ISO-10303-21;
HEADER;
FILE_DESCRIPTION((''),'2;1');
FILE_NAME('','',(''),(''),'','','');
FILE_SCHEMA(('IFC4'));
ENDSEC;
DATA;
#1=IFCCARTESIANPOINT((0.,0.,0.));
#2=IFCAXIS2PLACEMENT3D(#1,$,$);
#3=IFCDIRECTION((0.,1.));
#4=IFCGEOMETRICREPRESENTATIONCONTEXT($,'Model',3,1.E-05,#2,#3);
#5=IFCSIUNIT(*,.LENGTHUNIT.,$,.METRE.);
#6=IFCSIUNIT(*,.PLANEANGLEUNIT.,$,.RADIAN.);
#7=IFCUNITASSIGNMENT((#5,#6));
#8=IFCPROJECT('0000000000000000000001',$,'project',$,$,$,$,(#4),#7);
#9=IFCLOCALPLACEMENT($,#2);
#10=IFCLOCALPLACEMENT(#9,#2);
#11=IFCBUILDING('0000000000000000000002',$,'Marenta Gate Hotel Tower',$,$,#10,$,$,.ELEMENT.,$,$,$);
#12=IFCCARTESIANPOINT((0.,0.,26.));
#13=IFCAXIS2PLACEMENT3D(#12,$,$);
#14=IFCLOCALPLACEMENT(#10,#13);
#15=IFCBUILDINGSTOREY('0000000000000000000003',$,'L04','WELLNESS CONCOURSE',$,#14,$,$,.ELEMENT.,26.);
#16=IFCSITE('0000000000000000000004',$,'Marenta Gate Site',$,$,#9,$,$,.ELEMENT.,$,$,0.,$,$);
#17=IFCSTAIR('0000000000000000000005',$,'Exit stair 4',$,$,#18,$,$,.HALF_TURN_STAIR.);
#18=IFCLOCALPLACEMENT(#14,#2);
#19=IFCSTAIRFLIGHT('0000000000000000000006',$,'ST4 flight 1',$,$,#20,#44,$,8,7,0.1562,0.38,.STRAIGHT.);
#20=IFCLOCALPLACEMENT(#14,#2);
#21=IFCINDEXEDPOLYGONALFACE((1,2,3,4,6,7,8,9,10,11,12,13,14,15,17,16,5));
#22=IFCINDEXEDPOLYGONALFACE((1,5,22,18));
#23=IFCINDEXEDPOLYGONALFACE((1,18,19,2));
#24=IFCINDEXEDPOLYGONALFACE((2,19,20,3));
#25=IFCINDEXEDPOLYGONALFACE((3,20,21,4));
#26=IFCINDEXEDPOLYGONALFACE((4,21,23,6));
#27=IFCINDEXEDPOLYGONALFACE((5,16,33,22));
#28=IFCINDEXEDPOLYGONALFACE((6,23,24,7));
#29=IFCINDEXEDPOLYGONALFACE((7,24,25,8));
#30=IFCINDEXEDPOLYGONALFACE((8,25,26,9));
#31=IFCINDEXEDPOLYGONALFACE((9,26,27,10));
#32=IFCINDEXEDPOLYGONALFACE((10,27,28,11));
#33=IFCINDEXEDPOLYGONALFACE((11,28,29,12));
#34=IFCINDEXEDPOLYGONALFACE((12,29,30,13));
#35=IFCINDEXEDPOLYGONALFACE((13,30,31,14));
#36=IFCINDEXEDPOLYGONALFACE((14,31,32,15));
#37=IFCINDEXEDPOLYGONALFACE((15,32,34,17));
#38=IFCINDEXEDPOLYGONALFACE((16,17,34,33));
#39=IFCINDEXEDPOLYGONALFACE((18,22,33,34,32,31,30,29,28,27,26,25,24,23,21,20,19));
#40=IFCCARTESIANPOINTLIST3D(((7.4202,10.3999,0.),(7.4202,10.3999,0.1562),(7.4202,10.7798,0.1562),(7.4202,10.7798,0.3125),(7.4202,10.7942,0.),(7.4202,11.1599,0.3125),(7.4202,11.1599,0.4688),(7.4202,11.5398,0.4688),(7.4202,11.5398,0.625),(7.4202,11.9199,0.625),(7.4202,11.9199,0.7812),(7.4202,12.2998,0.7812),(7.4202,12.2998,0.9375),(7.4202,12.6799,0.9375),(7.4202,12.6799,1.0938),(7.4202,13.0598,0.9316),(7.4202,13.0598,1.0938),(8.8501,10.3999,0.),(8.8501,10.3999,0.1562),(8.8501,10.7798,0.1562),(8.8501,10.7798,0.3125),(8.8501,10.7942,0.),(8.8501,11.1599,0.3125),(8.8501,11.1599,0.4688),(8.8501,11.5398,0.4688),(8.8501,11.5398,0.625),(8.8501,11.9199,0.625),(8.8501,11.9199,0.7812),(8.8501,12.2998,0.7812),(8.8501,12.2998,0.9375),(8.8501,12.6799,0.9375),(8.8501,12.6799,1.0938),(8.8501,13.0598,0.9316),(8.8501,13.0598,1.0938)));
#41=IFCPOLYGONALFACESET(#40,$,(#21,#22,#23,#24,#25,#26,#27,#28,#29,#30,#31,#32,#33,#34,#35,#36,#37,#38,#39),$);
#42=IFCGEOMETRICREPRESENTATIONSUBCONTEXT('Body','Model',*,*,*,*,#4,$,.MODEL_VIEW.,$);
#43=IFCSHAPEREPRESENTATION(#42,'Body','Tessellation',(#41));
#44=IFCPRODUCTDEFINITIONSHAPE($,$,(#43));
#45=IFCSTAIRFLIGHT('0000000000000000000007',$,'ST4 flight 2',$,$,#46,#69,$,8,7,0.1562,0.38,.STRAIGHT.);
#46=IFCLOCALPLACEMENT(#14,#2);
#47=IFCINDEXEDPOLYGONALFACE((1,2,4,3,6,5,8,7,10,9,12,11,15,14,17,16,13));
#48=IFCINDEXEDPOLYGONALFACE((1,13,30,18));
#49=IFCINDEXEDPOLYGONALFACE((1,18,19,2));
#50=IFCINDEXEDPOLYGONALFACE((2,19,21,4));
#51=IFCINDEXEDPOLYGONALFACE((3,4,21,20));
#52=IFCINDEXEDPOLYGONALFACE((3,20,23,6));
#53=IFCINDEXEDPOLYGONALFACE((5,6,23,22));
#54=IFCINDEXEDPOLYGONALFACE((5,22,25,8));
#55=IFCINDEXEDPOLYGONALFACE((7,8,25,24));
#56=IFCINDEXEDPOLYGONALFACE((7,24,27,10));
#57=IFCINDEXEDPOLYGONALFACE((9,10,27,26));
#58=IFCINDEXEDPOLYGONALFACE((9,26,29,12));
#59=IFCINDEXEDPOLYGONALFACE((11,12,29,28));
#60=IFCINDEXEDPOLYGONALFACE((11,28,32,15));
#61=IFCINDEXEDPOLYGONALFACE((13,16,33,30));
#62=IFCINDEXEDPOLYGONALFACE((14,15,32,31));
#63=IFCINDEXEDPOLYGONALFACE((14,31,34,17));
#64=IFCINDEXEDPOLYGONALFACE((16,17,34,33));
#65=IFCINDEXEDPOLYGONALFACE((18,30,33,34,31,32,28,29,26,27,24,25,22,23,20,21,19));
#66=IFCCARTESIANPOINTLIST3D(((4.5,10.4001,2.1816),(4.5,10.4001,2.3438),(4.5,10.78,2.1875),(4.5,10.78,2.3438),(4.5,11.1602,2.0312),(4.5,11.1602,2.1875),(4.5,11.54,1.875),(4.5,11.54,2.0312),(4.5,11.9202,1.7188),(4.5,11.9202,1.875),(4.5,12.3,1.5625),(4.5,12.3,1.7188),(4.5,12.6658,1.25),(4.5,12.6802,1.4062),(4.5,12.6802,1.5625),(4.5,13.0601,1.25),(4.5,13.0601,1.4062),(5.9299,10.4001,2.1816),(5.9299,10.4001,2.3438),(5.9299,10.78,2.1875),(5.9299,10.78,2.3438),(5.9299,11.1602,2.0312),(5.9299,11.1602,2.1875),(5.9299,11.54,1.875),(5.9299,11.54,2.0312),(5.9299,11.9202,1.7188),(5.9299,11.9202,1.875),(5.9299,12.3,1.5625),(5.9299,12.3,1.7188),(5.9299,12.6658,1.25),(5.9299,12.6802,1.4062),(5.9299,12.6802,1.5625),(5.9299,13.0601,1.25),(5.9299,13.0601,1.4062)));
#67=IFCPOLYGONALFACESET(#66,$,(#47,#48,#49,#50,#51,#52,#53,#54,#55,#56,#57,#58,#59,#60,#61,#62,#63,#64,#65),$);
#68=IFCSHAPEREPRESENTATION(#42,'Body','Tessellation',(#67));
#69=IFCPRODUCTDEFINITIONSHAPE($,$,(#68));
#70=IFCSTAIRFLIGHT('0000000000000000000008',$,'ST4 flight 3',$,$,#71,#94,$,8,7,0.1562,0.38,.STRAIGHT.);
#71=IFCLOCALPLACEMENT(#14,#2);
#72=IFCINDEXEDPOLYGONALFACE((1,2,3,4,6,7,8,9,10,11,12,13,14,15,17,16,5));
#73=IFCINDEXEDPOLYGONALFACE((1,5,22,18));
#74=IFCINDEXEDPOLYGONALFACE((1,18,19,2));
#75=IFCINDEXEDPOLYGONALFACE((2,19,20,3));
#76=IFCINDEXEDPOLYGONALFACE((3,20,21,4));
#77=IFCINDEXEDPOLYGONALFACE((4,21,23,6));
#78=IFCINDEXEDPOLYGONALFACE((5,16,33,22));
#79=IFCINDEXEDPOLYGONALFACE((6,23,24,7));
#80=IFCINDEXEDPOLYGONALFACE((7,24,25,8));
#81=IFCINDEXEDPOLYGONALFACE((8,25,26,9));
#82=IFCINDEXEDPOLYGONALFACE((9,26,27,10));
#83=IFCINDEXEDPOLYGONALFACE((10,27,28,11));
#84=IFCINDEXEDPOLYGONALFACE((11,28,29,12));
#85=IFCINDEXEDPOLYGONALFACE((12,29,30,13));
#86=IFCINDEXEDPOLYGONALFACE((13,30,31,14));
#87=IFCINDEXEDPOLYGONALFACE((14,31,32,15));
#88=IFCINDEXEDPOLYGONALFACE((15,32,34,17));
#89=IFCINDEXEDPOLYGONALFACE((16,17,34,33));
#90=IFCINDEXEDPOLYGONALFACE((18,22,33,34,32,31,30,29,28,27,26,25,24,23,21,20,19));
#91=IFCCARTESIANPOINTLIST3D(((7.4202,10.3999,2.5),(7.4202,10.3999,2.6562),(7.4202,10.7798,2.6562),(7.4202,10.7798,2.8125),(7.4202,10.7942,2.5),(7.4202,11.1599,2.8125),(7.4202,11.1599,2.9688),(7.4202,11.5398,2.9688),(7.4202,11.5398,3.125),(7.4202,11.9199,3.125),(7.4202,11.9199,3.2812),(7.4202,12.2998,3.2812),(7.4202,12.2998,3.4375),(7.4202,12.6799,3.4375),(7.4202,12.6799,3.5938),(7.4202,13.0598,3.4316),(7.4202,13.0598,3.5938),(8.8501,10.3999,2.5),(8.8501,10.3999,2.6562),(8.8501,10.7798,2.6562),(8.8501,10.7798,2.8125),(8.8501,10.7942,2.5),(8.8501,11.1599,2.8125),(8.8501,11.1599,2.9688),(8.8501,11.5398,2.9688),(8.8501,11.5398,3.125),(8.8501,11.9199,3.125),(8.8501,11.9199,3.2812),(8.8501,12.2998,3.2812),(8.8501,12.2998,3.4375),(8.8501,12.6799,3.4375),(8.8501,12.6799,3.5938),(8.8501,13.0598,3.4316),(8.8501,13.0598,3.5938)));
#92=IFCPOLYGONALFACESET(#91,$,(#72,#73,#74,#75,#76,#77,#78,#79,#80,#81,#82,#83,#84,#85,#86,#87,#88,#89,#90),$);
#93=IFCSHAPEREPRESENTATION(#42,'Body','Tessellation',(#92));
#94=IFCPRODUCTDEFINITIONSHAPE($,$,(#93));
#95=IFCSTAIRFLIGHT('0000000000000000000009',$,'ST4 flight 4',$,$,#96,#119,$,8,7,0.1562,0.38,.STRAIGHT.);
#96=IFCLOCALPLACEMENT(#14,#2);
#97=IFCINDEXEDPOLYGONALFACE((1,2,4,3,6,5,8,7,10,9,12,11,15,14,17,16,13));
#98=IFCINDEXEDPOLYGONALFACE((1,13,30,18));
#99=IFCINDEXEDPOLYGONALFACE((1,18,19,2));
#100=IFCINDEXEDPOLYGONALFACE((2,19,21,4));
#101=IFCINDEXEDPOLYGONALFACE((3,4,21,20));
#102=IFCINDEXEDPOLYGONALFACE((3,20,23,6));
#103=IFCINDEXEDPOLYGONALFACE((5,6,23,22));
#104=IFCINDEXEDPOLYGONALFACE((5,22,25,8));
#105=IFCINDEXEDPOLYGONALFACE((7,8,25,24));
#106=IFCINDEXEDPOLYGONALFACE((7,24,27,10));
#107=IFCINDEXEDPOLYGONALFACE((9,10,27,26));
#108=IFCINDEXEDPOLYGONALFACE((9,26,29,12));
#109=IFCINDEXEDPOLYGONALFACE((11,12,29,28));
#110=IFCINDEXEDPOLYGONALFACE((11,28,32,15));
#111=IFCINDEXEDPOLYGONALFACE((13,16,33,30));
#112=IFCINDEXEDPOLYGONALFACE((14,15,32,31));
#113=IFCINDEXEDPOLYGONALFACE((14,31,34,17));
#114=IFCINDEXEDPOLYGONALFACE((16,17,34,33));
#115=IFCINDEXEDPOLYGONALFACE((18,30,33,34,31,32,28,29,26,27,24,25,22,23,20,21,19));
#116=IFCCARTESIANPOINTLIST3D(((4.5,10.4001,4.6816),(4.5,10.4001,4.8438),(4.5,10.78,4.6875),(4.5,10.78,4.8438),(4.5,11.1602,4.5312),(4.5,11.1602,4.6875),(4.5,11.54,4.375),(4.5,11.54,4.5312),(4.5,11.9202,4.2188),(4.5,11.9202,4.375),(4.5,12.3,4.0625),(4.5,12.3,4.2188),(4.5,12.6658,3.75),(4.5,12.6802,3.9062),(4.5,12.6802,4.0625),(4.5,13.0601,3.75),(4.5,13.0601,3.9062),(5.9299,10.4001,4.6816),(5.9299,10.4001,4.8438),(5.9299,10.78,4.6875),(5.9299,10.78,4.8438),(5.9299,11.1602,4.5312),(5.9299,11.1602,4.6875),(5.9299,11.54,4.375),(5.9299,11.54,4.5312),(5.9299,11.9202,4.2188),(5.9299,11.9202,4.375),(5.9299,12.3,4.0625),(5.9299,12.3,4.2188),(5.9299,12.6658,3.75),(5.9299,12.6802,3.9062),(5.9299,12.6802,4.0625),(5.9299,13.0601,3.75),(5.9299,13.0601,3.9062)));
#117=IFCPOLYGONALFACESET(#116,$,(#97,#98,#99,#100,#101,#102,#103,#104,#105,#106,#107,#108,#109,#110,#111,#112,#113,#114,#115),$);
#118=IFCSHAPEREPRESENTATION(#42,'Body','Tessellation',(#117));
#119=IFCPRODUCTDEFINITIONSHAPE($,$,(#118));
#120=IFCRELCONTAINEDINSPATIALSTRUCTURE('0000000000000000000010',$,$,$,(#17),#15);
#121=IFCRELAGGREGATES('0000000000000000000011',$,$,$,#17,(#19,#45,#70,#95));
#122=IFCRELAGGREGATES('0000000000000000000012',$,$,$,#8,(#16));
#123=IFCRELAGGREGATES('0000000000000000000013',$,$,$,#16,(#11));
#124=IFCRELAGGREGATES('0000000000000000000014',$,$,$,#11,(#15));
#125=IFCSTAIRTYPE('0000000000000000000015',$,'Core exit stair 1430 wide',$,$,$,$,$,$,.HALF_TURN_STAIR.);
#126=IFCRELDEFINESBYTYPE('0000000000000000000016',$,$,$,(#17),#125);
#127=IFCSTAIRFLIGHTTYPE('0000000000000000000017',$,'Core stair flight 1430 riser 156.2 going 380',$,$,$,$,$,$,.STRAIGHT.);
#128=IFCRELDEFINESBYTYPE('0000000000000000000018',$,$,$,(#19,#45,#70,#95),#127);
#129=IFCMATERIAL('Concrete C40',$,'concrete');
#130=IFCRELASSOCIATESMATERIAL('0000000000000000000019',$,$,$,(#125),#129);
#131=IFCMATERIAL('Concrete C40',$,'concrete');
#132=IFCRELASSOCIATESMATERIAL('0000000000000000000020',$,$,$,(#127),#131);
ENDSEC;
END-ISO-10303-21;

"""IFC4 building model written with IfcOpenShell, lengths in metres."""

from ifc_helpers import new_model, si_unit, direction, frame, origin, place, context, subcontext, project, spatial, polyline, outline, extrude, material, type_object, element, aggregate, save


model = new_model("IFC4")

# Units and contexts
model_context = context("Model", 3, precision=1e-05, world=origin(), true_north=direction((0.0, 1.0)))
body_context = subcontext(model_context, "Body", "Model", "MODEL_VIEW")
ifc_project = project(units=[si_unit("LENGTHUNIT", "METRE"), si_unit("PLANEANGLEUNIT", "RADIAN")], contexts=[model_context])

# Site, building, storey
site_placement = place(None, origin())
site = spatial("IfcSite", under=ifc_project, at=site_placement, Name="Marenta Gate Site", CompositionType="ELEMENT", RefElevation=0.0)
building_placement = place(site_placement, origin())
building = spatial("IfcBuilding", under=site, at=building_placement, Name="Marenta Gate Hotel Tower", CompositionType="ELEMENT")
storey_placement = place(building_placement, frame((0.0, 0.0, 26.0)))
storey = spatial("IfcBuildingStorey", under=building, at=storey_placement, Name="L04", Description="WELLNESS CONCOURSE", CompositionType="ELEMENT", Elevation=26.0)

# Stair, stair flights
ifc_material_1 = material(Name="Concrete C40", Category="concrete")
stair_type = type_object("IfcStairType", Name="Core exit stair 1430 wide", PredefinedType="HALF_TURN_STAIR", material=ifc_material_1)
stair_placement = place(storey_placement, origin())
stair = element("IfcStair", 1, at=stair_placement, inside=storey, type_object=stair_type, Name="Exit stair 4", PredefinedType="HALF_TURN_STAIR")
ifc_material_2 = material(Name="Concrete C40", Category="concrete")
stair_flight_type = type_object("IfcStairFlightType", Name="Core stair flight 1430 riser 156.2 going 380", PredefinedType="STRAIGHT", material=ifc_material_2)
stair_flight_1_placement = place(storey_placement, frame((8.135, 10.3999, 0.0), z_axis=(0.0, 0.0, 1.0), x_axis=(0.0, 1.0, 0.0)))
stair_flight_1 = element("IfcStairFlight", 2, at=stair_flight_1_placement, type_object=stair_flight_type, Name="ST4 flight 1", NumberOfRisers=8, NumberOfTreads=7, PredefinedType="STRAIGHT", RiserHeight=0.1562, TreadLength=0.38, context=body_context, shape_type="SweptSolid", body=[
    extrude(outline(polyline([(0.0, 0.0), (0.0, 0.1562), (0.3799, 0.1562), (0.3799, 0.3125), (0.76, 0.3125), (0.76, 0.4688), (1.1399, 0.4688), (1.1399, 0.625), (1.52, 0.625), (1.52, 0.7812), (1.8999, 0.7812), (1.8999, 0.9375), (2.28, 0.9375), (2.28, 1.0938), (2.6599, 1.0938), (2.6599, 1.25), (2.6599, 0.9316), (0.3943, 0.0), (0.0, 0.0)])), frame((0.0, 0.7148, 0.0), z_axis=(0.0, -1.0, 0.0), x_axis=(1.0, 0.0, 0.0)), (0.0, 0.0, 1.0), 1.4299),
])
stair_flight_2_placement = place(storey_placement, frame((5.2151, 13.0601, 1.25), z_axis=(0.0, 0.0, 1.0), x_axis=(0.0, -1.0, 0.0)))
stair_flight_2 = element("IfcStairFlight", 3, at=stair_flight_2_placement, type_object=stair_flight_type, Name="ST4 flight 2", NumberOfRisers=8, NumberOfTreads=7, PredefinedType="STRAIGHT", RiserHeight=0.1562, TreadLength=0.38, context=body_context, shape_type="SweptSolid", body=[
    extrude(outline(polyline([(0.0, 0.0), (0.0, 0.1562), (0.3799, 0.1562), (0.3799, 0.3125), (0.76, 0.3125), (0.76, 0.4688), (1.1399, 0.4688), (1.1399, 0.625), (1.52, 0.625), (1.52, 0.7812), (1.8999, 0.7812), (1.8999, 0.9375), (2.28, 0.9375), (2.28, 1.0938), (2.6599, 1.0938), (2.6599, 1.25), (2.6599, 0.9316), (0.3943, 0.0), (0.0, 0.0)])), frame((0.0, 0.7148, 0.0), z_axis=(0.0, -1.0, 0.0), x_axis=(1.0, 0.0, 0.0)), (0.0, 0.0, 1.0), 1.4299),
])
stair_flight_3_placement = place(storey_placement, frame((8.135, 10.3999, 2.5), z_axis=(0.0, 0.0, 1.0), x_axis=(0.0, 1.0, 0.0)))
stair_flight_3 = element("IfcStairFlight", 4, at=stair_flight_3_placement, type_object=stair_flight_type, Name="ST4 flight 3", NumberOfRisers=8, NumberOfTreads=7, PredefinedType="STRAIGHT", RiserHeight=0.1562, TreadLength=0.38, context=body_context, shape_type="SweptSolid", body=[
    extrude(outline(polyline([(0.0, 0.0), (0.0, 0.1562), (0.3799, 0.1562), (0.3799, 0.3125), (0.76, 0.3125), (0.76, 0.4688), (1.1399, 0.4688), (1.1399, 0.625), (1.52, 0.625), (1.52, 0.7812), (1.8999, 0.7812), (1.8999, 0.9375), (2.28, 0.9375), (2.28, 1.0938), (2.6599, 1.0938), (2.6599, 1.25), (2.6599, 0.9316), (0.3943, 0.0), (0.0, 0.0)])), frame((0.0, 0.7148, 0.0), z_axis=(0.0, -1.0, 0.0), x_axis=(1.0, 0.0, 0.0)), (0.0, 0.0, 1.0), 1.4299),
])
stair_flight_4_placement = place(storey_placement, frame((5.2151, 13.0601, 3.75), z_axis=(0.0, 0.0, 1.0), x_axis=(0.0, -1.0, 0.0)))
stair_flight_4 = element("IfcStairFlight", 5, at=stair_flight_4_placement, type_object=stair_flight_type, Name="ST4 flight 4", NumberOfRisers=8, NumberOfTreads=7, PredefinedType="STRAIGHT", RiserHeight=0.1562, TreadLength=0.38, context=body_context, shape_type="SweptSolid", body=[
    extrude(outline(polyline([(0.0, 0.0), (0.0, 0.1562), (0.3799, 0.1562), (0.3799, 0.3125), (0.76, 0.3125), (0.76, 0.4688), (1.1399, 0.4688), (1.1399, 0.625), (1.52, 0.625), (1.52, 0.7812), (1.8999, 0.7812), (1.8999, 0.9375), (2.28, 0.9375), (2.28, 1.0938), (2.6599, 1.0938), (2.6599, 1.25), (2.6599, 0.9316), (0.3943, 0.0), (0.0, 0.0)])), frame((0.0, 0.7148, 0.0), z_axis=(0.0, -1.0, 0.0), x_axis=(1.0, 0.0, 0.0)), (0.0, 0.0, 1.0), 1.4299),
])
aggregate(stair, [stair_flight_1, stair_flight_2, stair_flight_3, stair_flight_4])

save(model, "model.ifc")
